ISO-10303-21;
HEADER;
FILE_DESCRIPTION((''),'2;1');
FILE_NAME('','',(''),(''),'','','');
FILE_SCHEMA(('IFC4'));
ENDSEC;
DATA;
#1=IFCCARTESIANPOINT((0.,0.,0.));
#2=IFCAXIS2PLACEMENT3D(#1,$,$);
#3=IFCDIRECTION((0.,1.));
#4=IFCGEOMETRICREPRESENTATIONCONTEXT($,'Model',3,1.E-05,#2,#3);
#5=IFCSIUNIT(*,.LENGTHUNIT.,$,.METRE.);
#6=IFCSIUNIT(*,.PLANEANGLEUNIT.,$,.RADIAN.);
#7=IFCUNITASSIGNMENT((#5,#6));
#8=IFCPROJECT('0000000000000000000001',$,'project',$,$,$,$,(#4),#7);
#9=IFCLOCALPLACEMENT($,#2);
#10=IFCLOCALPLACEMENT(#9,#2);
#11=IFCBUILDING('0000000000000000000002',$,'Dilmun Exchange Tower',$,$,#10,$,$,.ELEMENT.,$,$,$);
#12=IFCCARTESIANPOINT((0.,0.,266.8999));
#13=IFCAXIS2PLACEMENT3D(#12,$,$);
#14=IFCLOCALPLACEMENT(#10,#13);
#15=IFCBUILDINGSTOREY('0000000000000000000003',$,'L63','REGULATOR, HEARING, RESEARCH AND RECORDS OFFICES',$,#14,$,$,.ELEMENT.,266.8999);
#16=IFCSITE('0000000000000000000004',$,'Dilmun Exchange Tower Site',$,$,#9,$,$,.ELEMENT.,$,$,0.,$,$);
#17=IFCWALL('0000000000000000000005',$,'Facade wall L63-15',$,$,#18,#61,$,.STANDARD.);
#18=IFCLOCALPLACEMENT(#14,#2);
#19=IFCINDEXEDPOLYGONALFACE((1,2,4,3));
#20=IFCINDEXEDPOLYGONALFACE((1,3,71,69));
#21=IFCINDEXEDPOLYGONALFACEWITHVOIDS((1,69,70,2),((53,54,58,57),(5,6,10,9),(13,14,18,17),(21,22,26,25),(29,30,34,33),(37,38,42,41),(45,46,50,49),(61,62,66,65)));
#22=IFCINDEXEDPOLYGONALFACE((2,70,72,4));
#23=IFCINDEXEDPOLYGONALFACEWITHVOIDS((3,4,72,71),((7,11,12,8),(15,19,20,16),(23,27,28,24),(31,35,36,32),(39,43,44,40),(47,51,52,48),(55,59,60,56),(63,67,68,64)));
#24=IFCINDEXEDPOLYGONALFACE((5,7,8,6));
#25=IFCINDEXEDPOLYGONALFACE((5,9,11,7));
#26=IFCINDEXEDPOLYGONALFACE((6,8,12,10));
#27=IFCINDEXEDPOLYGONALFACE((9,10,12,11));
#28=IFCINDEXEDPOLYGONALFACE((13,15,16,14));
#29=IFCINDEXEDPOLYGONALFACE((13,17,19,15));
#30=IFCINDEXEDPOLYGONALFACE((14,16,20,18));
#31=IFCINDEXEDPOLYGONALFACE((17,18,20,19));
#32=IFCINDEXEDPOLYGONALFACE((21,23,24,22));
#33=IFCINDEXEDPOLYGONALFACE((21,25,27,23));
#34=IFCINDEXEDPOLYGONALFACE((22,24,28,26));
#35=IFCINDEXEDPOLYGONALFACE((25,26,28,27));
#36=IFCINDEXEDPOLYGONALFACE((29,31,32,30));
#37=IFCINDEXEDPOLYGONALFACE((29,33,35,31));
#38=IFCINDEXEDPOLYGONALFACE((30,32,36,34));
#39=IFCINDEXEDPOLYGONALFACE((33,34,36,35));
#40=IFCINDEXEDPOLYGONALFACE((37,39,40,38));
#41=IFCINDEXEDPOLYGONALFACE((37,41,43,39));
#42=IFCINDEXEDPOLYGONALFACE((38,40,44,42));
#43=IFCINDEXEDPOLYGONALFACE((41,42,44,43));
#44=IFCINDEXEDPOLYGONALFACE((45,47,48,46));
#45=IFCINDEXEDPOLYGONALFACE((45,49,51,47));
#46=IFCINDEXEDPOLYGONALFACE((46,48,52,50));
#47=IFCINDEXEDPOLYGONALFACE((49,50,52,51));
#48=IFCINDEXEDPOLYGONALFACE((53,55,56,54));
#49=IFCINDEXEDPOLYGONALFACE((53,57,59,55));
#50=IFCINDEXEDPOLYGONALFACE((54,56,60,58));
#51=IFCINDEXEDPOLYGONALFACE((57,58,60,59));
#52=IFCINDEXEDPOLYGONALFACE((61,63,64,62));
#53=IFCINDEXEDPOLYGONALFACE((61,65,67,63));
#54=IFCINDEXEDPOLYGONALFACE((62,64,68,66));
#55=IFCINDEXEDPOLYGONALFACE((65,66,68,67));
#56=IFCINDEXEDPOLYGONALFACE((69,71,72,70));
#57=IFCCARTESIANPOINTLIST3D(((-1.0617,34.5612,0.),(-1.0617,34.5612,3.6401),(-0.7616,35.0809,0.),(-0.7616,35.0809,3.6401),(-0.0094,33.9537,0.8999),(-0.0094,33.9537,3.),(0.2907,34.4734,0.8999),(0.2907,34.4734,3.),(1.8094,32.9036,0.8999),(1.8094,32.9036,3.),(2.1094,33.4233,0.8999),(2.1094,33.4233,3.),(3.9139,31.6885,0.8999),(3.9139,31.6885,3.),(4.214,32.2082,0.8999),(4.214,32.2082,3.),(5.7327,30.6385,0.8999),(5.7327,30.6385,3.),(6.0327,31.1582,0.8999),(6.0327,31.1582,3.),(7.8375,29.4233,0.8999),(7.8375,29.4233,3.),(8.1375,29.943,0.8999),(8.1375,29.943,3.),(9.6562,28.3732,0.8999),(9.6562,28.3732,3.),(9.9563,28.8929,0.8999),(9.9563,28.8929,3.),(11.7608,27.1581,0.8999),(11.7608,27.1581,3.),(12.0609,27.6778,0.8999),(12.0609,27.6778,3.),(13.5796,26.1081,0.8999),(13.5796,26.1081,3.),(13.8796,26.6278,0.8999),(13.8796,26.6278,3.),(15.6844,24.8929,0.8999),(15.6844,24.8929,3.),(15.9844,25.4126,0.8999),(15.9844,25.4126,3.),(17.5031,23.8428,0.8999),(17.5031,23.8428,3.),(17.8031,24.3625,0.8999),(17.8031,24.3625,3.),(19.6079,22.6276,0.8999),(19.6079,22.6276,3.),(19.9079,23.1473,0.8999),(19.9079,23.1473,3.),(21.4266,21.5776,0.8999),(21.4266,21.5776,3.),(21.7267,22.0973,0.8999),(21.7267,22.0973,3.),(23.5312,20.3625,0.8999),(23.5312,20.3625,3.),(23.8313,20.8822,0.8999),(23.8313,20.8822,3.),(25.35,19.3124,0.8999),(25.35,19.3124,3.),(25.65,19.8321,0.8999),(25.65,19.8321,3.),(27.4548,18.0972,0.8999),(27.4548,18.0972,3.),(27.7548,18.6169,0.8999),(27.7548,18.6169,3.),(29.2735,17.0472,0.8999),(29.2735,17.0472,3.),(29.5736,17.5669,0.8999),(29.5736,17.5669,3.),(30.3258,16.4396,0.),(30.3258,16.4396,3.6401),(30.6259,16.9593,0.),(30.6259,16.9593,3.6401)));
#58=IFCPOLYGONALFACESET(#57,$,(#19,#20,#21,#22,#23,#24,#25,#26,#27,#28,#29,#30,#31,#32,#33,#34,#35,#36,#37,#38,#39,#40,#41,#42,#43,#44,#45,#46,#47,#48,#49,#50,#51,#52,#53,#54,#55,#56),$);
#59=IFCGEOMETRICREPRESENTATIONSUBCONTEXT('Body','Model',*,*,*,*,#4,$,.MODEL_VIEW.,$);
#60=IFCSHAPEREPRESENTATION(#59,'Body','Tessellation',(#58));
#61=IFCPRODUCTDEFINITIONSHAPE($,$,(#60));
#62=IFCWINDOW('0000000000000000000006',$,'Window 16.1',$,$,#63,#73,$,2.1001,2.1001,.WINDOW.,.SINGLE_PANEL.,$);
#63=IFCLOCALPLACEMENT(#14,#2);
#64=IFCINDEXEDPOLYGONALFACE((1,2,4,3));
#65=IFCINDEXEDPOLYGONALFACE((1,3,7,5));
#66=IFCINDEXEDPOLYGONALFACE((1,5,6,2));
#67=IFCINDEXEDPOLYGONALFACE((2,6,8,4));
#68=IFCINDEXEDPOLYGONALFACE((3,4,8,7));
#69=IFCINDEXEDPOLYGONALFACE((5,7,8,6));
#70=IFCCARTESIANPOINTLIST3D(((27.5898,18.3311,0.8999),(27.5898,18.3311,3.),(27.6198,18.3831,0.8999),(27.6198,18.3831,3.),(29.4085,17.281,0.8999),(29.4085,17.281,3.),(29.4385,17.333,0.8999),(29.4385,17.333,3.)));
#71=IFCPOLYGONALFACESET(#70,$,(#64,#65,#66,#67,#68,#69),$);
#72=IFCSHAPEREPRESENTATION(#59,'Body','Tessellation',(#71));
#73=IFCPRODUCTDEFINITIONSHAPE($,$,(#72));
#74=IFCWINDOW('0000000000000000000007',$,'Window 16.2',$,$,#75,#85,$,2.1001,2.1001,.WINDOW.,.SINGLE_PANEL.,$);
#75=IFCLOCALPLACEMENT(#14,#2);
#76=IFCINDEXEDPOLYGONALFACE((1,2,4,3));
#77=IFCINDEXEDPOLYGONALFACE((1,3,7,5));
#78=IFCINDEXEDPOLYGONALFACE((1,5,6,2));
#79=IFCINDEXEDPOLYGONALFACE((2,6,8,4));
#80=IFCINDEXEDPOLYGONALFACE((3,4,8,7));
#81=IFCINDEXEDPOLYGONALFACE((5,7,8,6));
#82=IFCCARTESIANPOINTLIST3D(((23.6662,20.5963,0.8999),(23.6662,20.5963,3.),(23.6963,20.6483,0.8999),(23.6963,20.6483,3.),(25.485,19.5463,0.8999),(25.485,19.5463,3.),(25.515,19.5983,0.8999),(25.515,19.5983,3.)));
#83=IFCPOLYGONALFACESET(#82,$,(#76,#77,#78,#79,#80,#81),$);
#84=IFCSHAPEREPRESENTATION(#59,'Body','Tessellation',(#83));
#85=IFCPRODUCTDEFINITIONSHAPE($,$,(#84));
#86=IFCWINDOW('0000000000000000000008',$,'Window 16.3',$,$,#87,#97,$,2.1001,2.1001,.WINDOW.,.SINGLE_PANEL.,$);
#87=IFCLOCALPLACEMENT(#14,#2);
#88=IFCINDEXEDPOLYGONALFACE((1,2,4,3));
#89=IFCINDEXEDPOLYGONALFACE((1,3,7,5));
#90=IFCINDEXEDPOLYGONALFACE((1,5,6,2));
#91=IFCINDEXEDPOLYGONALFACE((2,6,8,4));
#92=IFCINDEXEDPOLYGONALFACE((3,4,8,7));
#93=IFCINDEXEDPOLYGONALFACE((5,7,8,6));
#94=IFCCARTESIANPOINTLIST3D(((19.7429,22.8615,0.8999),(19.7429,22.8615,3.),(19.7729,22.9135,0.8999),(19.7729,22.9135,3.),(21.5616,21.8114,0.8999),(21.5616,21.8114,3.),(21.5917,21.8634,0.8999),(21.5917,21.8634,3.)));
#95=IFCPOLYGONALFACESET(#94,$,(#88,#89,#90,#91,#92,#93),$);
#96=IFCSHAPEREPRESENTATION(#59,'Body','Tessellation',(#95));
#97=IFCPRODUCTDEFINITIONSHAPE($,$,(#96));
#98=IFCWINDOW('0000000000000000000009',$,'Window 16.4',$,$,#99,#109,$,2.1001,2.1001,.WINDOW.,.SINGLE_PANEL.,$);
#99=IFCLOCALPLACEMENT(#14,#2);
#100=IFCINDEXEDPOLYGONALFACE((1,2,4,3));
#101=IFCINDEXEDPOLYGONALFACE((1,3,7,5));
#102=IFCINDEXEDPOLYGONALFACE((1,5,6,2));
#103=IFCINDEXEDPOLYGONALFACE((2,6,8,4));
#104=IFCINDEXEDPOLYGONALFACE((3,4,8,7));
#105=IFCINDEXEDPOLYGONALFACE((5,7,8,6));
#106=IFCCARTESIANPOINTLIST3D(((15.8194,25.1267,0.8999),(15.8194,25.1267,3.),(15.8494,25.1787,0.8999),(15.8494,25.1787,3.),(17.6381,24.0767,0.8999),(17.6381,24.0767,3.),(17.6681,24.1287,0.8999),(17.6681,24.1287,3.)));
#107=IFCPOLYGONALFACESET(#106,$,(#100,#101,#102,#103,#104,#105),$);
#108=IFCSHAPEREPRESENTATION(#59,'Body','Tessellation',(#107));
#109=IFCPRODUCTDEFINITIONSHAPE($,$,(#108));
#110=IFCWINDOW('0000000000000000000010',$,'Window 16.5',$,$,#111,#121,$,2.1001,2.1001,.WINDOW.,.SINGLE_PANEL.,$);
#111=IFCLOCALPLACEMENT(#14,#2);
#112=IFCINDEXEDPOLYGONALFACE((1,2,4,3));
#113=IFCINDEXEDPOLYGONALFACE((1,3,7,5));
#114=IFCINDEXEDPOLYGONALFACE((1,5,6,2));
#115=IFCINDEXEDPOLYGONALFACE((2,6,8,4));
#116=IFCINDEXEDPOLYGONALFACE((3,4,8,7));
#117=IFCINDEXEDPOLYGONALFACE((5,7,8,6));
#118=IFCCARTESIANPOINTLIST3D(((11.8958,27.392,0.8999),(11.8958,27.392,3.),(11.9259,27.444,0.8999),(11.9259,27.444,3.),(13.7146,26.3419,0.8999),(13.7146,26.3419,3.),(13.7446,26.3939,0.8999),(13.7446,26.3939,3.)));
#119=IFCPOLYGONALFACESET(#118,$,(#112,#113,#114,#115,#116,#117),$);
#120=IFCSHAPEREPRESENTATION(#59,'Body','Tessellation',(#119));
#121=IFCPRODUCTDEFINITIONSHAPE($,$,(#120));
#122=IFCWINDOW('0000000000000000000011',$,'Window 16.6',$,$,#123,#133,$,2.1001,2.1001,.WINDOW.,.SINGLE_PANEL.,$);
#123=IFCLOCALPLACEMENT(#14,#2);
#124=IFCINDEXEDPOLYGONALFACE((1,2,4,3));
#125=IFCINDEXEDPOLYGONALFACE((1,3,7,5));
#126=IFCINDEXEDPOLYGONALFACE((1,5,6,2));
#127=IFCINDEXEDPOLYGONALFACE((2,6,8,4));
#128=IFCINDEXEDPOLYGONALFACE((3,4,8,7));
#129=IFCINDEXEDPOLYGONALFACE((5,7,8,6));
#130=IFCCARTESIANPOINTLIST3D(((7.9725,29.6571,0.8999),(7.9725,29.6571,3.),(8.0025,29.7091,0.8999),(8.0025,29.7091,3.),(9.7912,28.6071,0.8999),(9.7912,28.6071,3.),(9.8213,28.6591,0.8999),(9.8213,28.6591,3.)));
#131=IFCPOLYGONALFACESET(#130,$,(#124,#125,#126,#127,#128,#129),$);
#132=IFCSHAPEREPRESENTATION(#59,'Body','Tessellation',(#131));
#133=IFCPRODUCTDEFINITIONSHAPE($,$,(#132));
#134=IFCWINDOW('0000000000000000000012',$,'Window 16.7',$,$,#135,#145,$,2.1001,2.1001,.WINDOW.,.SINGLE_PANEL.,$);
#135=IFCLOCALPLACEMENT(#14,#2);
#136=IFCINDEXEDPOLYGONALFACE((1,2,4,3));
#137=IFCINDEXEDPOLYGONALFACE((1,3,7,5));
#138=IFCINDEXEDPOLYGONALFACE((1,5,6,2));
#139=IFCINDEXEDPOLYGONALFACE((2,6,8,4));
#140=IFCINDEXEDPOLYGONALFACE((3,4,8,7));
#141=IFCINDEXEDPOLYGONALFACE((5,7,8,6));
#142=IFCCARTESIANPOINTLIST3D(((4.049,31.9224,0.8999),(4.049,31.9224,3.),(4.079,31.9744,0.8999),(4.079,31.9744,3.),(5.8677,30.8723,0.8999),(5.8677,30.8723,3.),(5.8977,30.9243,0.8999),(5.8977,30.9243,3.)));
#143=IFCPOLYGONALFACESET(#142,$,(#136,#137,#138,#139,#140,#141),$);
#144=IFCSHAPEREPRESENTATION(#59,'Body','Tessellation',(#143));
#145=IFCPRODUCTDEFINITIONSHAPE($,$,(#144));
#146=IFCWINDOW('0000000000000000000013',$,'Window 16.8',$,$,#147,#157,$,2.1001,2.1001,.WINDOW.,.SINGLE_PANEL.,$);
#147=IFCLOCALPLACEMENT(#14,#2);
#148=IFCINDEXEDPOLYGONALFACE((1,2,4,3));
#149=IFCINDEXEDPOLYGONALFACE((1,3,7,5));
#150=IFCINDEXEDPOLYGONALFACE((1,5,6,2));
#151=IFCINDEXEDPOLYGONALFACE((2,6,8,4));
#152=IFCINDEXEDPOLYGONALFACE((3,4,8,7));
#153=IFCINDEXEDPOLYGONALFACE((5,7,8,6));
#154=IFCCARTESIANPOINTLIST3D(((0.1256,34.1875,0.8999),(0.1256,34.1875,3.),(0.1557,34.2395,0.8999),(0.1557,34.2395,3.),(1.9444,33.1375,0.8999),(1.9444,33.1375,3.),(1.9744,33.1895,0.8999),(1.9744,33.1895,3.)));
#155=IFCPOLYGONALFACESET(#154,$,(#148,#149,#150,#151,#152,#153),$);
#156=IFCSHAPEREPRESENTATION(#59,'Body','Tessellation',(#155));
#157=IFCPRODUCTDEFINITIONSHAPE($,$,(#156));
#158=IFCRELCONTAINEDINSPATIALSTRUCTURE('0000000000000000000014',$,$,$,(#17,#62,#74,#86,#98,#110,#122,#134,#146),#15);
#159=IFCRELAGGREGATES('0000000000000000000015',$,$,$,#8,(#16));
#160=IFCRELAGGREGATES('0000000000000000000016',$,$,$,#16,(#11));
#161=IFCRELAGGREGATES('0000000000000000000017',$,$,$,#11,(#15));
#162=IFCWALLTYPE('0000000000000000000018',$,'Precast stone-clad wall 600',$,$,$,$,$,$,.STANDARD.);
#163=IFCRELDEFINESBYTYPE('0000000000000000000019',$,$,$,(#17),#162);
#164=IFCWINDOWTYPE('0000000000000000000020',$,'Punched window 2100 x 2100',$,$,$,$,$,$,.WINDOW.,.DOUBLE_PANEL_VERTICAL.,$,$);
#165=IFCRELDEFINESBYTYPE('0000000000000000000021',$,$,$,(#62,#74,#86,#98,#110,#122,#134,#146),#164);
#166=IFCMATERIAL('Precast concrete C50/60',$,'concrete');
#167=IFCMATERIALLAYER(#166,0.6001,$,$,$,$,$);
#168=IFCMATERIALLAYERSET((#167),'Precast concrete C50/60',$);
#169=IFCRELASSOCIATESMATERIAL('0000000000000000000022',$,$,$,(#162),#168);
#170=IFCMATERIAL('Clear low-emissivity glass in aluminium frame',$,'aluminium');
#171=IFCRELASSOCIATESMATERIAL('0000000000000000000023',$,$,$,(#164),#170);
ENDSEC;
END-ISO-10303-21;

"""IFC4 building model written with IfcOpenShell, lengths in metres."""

from ifc_helpers import new_model, si_unit, direction, frame, frame_2d, origin, place, context, subcontext, project, spatial, rectangle, extrude, material, layer, layer_set, type_object, element, fill, save


model = new_model("IFC4")

# Units and contexts
model_context = context("Model", 3, precision=1e-05, world=origin(), true_north=direction((0.0, 1.0)))
body_context = subcontext(model_context, "Body", "Model", "MODEL_VIEW")
ifc_project = project(units=[si_unit("LENGTHUNIT", "METRE"), si_unit("PLANEANGLEUNIT", "RADIAN")], contexts=[model_context])

# Site, building, storey
site_placement = place(None, origin())
site = spatial("IfcSite", under=ifc_project, at=site_placement, Name="Dilmun Exchange Tower Site", CompositionType="ELEMENT", RefElevation=0.0)
building_placement = place(site_placement, origin())
building = spatial("IfcBuilding", under=site, at=building_placement, Name="Dilmun Exchange Tower", CompositionType="ELEMENT")
storey_placement = place(building_placement, frame((0.0, 0.0, 266.8999)))
storey = spatial("IfcBuildingStorey", under=building, at=storey_placement, Name="L63", Description="REGULATOR, HEARING, RESEARCH AND RECORDS OFFICES", CompositionType="ELEMENT", Elevation=266.8999)

# Shared definitions
ifc_material_1 = material(Name="Precast concrete C50/60", Category="concrete")
ifc_layer_1 = layer(ifc_material_1, 0.6001)
ifc_layer_set_1 = layer_set([ifc_layer_1], Name="Precast concrete C50/60")
wall_type_1 = type_object("IfcWallType", Name="Precast stone-clad wall 600", PredefinedType="STANDARD", material=ifc_layer_set_1)
ifc_material_2 = material(Name="Clear low-emissivity glass in aluminium frame", Category="aluminium")

# Wall, openings, windows
wall_1_placement = place(storey_placement, frame((30.4758, 16.6995, 0.0), z_axis=(0.0, 0.0, 1.0), x_axis=(-0.866025, 0.500001, 0.0)))
wall_1 = element("IfcWall", 1, at=wall_1_placement, inside=storey, type_object=wall_type_1, Name="Facade wall L63-15", PredefinedType="STANDARD", context=body_context, shape_type="SweptSolid", body=[
    extrude(rectangle(XDim=36.2432, YDim=0.6001, at=frame_2d((18.1216, 0.0))), origin(), (0.0, 0.0, 1.0), 3.6401),
])
opening_1_placement = place(wall_1_placement, frame((1.2151, 0.0, 0.8999)))
opening_1 = element("IfcOpeningElement", 2, at=opening_1_placement, cuts=wall_1, PredefinedType="OPENING", context=body_context, shape_type="SweptSolid", body=[
    extrude(rectangle(XDim=2.1001, YDim=2.1001, at=frame_2d((1.05, 1.05))), frame((0.0, 0.3101, 0.0), z_axis=(0.0, -1.0, 0.0), x_axis=(1.0, 0.0, 0.0)), (0.0, 0.0, 1.0), 0.6201),
])
opening_2_placement = place(wall_1_placement, frame((5.7456, 0.0, 0.8999)))
opening_2 = element("IfcOpeningElement", 3, at=opening_2_placement, cuts=wall_1, PredefinedType="OPENING", context=body_context, shape_type="SweptSolid", body=[
    extrude(rectangle(XDim=2.1001, YDim=2.1001, at=frame_2d((1.05, 1.05))), frame((0.0, 0.3101, 0.0), z_axis=(0.0, -1.0, 0.0), x_axis=(1.0, 0.0, 0.0)), (0.0, 0.0, 1.0), 0.6201),
])
opening_3_placement = place(wall_1_placement, frame((10.2759, 0.0, 0.8999)))
opening_3 = element("IfcOpeningElement", 4, at=opening_3_placement, cuts=wall_1, PredefinedType="OPENING", context=body_context, shape_type="SweptSolid", body=[
    extrude(rectangle(XDim=2.1001, YDim=2.1001, at=frame_2d((1.05, 1.05))), frame((0.0, 0.3101, 0.0), z_axis=(0.0, -1.0, 0.0), x_axis=(1.0, 0.0, 0.0)), (0.0, 0.0, 1.0), 0.6201),
])
opening_4_placement = place(wall_1_placement, frame((14.8064, 0.0, 0.8999)))
opening_4 = element("IfcOpeningElement", 5, at=opening_4_placement, cuts=wall_1, PredefinedType="OPENING", context=body_context, shape_type="SweptSolid", body=[
    extrude(rectangle(XDim=2.1001, YDim=2.1001, at=frame_2d((1.05, 1.05))), frame((0.0, 0.3101, 0.0), z_axis=(0.0, -1.0, 0.0), x_axis=(1.0, 0.0, 0.0)), (0.0, 0.0, 1.0), 0.6201),
])
opening_5_placement = place(wall_1_placement, frame((19.3369, 0.0, 0.8999)))
opening_5 = element("IfcOpeningElement", 6, at=opening_5_placement, cuts=wall_1, PredefinedType="OPENING", context=body_context, shape_type="SweptSolid", body=[
    extrude(rectangle(XDim=2.1001, YDim=2.1001, at=frame_2d((1.05, 1.05))), frame((0.0, 0.3101, 0.0), z_axis=(0.0, -1.0, 0.0), x_axis=(1.0, 0.0, 0.0)), (0.0, 0.0, 1.0), 0.6201),
])
opening_6_placement = place(wall_1_placement, frame((23.8672, 0.0, 0.8999)))
opening_6 = element("IfcOpeningElement", 7, at=opening_6_placement, cuts=wall_1, PredefinedType="OPENING", context=body_context, shape_type="SweptSolid", body=[
    extrude(rectangle(XDim=2.1001, YDim=2.1001, at=frame_2d((1.05, 1.05))), frame((0.0, 0.3101, 0.0), z_axis=(0.0, -1.0, 0.0), x_axis=(1.0, 0.0, 0.0)), (0.0, 0.0, 1.0), 0.6201),
])
opening_7_placement = place(wall_1_placement, frame((28.3977, 0.0, 0.8999)))
opening_7 = element("IfcOpeningElement", 8, at=opening_7_placement, cuts=wall_1, PredefinedType="OPENING", context=body_context, shape_type="SweptSolid", body=[
    extrude(rectangle(XDim=2.1001, YDim=2.1001, at=frame_2d((1.05, 1.05))), frame((0.0, 0.3101, 0.0), z_axis=(0.0, -1.0, 0.0), x_axis=(1.0, 0.0, 0.0)), (0.0, 0.0, 1.0), 0.6201),
])
opening_8_placement = place(wall_1_placement, frame((32.928, 0.0, 0.8999)))
opening_8 = element("IfcOpeningElement", 9, at=opening_8_placement, cuts=wall_1, PredefinedType="OPENING", context=body_context, shape_type="SweptSolid", body=[
    extrude(rectangle(XDim=2.1001, YDim=2.1001, at=frame_2d((1.05, 1.05))), frame((0.0, 0.3101, 0.0), z_axis=(0.0, -1.0, 0.0), x_axis=(1.0, 0.0, 0.0)), (0.0, 0.0, 1.0), 0.6201),
])
window_type_1 = type_object("IfcWindowType", Name="Punched window 2100 x 2100", PartitioningType="DOUBLE_PANEL_VERTICAL", PredefinedType="WINDOW", material=ifc_material_2)
window_1_placement = place(opening_1_placement, origin())
window_1 = element("IfcWindow", 10, at=window_1_placement, inside=storey, type_object=window_type_1, Name="Window 16.1", OverallHeight=2.1001, OverallWidth=2.1001, PartitioningType="SINGLE_PANEL", PredefinedType="WINDOW", context=body_context, shape_type="SweptSolid", body=[
    extrude(rectangle(XDim=2.1001, YDim=2.1001, at=frame_2d((1.05, 1.05))), frame((0.0, 0.03, 0.0), z_axis=(0.0, -1.0, 0.0), x_axis=(1.0, 0.0, 0.0)), (0.0, 0.0, 1.0), 0.0601),
])
fill(opening_1, window_1)
window_2_placement = place(opening_2_placement, origin())
window_2 = element("IfcWindow", 11, at=window_2_placement, inside=storey, type_object=window_type_1, Name="Window 16.2", OverallHeight=2.1001, OverallWidth=2.1001, PartitioningType="SINGLE_PANEL", PredefinedType="WINDOW", context=body_context, shape_type="SweptSolid", body=[
    extrude(rectangle(XDim=2.1001, YDim=2.1001, at=frame_2d((1.05, 1.05))), frame((0.0, 0.03, 0.0), z_axis=(0.0, -1.0, 0.0), x_axis=(1.0, 0.0, 0.0)), (0.0, 0.0, 1.0), 0.0601),
])
fill(opening_2, window_2)
window_3_placement = place(opening_3_placement, origin())
window_3 = element("IfcWindow", 12, at=window_3_placement, inside=storey, type_object=window_type_1, Name="Window 16.3", OverallHeight=2.1001, OverallWidth=2.1001, PartitioningType="SINGLE_PANEL", PredefinedType="WINDOW", context=body_context, shape_type="SweptSolid", body=[
    extrude(rectangle(XDim=2.1001, YDim=2.1001, at=frame_2d((1.05, 1.05))), frame((0.0, 0.03, 0.0), z_axis=(0.0, -1.0, 0.0), x_axis=(1.0, 0.0, 0.0)), (0.0, 0.0, 1.0), 0.0601),
])
fill(opening_3, window_3)
window_4_placement = place(opening_4_placement, origin())
window_4 = element("IfcWindow", 13, at=window_4_placement, inside=storey, type_object=window_type_1, Name="Window 16.4", OverallHeight=2.1001, OverallWidth=2.1001, PartitioningType="SINGLE_PANEL", PredefinedType="WINDOW", context=body_context, shape_type="SweptSolid", body=[
    extrude(rectangle(XDim=2.1001, YDim=2.1001, at=frame_2d((1.05, 1.05))), frame((0.0, 0.03, 0.0), z_axis=(0.0, -1.0, 0.0), x_axis=(1.0, 0.0, 0.0)), (0.0, 0.0, 1.0), 0.0601),
])
fill(opening_4, window_4)
window_5_placement = place(opening_5_placement, origin())
window_5 = element("IfcWindow", 14, at=window_5_placement, inside=storey, type_object=window_type_1, Name="Window 16.5", OverallHeight=2.1001, OverallWidth=2.1001, PartitioningType="SINGLE_PANEL", PredefinedType="WINDOW", context=body_context, shape_type="SweptSolid", body=[
    extrude(rectangle(XDim=2.1001, YDim=2.1001, at=frame_2d((1.05, 1.05))), frame((0.0, 0.03, 0.0), z_axis=(0.0, -1.0, 0.0), x_axis=(1.0, 0.0, 0.0)), (0.0, 0.0, 1.0), 0.0601),
])
fill(opening_5, window_5)
window_6_placement = place(opening_6_placement, origin())
window_6 = element("IfcWindow", 15, at=window_6_placement, inside=storey, type_object=window_type_1, Name="Window 16.6", OverallHeight=2.1001, OverallWidth=2.1001, PartitioningType="SINGLE_PANEL", PredefinedType="WINDOW", context=body_context, shape_type="SweptSolid", body=[
    extrude(rectangle(XDim=2.1001, YDim=2.1001, at=frame_2d((1.05, 1.05))), frame((0.0, 0.03, 0.0), z_axis=(0.0, -1.0, 0.0), x_axis=(1.0, 0.0, 0.0)), (0.0, 0.0, 1.0), 0.0601),
])
fill(opening_6, window_6)
window_7_placement = place(opening_7_placement, origin())
window_7 = element("IfcWindow", 16, at=window_7_placement, inside=storey, type_object=window_type_1, Name="Window 16.7", OverallHeight=2.1001, OverallWidth=2.1001, PartitioningType="SINGLE_PANEL", PredefinedType="WINDOW", context=body_context, shape_type="SweptSolid", body=[
    extrude(rectangle(XDim=2.1001, YDim=2.1001, at=frame_2d((1.05, 1.05))), frame((0.0, 0.03, 0.0), z_axis=(0.0, -1.0, 0.0), x_axis=(1.0, 0.0, 0.0)), (0.0, 0.0, 1.0), 0.0601),
])
fill(opening_7, window_7)
window_8_placement = place(opening_8_placement, origin())
window_8 = element("IfcWindow", 17, at=window_8_placement, inside=storey, type_object=window_type_1, Name="Window 16.8", OverallHeight=2.1001, OverallWidth=2.1001, PartitioningType="SINGLE_PANEL", PredefinedType="WINDOW", context=body_context, shape_type="SweptSolid", body=[
    extrude(rectangle(XDim=2.1001, YDim=2.1001, at=frame_2d((1.05, 1.05))), frame((0.0, 0.03, 0.0), z_axis=(0.0, -1.0, 0.0), x_axis=(1.0, 0.0, 0.0)), (0.0, 0.0, 1.0), 0.0601),
])
fill(opening_8, window_8)

save(model, "model.ifc")
